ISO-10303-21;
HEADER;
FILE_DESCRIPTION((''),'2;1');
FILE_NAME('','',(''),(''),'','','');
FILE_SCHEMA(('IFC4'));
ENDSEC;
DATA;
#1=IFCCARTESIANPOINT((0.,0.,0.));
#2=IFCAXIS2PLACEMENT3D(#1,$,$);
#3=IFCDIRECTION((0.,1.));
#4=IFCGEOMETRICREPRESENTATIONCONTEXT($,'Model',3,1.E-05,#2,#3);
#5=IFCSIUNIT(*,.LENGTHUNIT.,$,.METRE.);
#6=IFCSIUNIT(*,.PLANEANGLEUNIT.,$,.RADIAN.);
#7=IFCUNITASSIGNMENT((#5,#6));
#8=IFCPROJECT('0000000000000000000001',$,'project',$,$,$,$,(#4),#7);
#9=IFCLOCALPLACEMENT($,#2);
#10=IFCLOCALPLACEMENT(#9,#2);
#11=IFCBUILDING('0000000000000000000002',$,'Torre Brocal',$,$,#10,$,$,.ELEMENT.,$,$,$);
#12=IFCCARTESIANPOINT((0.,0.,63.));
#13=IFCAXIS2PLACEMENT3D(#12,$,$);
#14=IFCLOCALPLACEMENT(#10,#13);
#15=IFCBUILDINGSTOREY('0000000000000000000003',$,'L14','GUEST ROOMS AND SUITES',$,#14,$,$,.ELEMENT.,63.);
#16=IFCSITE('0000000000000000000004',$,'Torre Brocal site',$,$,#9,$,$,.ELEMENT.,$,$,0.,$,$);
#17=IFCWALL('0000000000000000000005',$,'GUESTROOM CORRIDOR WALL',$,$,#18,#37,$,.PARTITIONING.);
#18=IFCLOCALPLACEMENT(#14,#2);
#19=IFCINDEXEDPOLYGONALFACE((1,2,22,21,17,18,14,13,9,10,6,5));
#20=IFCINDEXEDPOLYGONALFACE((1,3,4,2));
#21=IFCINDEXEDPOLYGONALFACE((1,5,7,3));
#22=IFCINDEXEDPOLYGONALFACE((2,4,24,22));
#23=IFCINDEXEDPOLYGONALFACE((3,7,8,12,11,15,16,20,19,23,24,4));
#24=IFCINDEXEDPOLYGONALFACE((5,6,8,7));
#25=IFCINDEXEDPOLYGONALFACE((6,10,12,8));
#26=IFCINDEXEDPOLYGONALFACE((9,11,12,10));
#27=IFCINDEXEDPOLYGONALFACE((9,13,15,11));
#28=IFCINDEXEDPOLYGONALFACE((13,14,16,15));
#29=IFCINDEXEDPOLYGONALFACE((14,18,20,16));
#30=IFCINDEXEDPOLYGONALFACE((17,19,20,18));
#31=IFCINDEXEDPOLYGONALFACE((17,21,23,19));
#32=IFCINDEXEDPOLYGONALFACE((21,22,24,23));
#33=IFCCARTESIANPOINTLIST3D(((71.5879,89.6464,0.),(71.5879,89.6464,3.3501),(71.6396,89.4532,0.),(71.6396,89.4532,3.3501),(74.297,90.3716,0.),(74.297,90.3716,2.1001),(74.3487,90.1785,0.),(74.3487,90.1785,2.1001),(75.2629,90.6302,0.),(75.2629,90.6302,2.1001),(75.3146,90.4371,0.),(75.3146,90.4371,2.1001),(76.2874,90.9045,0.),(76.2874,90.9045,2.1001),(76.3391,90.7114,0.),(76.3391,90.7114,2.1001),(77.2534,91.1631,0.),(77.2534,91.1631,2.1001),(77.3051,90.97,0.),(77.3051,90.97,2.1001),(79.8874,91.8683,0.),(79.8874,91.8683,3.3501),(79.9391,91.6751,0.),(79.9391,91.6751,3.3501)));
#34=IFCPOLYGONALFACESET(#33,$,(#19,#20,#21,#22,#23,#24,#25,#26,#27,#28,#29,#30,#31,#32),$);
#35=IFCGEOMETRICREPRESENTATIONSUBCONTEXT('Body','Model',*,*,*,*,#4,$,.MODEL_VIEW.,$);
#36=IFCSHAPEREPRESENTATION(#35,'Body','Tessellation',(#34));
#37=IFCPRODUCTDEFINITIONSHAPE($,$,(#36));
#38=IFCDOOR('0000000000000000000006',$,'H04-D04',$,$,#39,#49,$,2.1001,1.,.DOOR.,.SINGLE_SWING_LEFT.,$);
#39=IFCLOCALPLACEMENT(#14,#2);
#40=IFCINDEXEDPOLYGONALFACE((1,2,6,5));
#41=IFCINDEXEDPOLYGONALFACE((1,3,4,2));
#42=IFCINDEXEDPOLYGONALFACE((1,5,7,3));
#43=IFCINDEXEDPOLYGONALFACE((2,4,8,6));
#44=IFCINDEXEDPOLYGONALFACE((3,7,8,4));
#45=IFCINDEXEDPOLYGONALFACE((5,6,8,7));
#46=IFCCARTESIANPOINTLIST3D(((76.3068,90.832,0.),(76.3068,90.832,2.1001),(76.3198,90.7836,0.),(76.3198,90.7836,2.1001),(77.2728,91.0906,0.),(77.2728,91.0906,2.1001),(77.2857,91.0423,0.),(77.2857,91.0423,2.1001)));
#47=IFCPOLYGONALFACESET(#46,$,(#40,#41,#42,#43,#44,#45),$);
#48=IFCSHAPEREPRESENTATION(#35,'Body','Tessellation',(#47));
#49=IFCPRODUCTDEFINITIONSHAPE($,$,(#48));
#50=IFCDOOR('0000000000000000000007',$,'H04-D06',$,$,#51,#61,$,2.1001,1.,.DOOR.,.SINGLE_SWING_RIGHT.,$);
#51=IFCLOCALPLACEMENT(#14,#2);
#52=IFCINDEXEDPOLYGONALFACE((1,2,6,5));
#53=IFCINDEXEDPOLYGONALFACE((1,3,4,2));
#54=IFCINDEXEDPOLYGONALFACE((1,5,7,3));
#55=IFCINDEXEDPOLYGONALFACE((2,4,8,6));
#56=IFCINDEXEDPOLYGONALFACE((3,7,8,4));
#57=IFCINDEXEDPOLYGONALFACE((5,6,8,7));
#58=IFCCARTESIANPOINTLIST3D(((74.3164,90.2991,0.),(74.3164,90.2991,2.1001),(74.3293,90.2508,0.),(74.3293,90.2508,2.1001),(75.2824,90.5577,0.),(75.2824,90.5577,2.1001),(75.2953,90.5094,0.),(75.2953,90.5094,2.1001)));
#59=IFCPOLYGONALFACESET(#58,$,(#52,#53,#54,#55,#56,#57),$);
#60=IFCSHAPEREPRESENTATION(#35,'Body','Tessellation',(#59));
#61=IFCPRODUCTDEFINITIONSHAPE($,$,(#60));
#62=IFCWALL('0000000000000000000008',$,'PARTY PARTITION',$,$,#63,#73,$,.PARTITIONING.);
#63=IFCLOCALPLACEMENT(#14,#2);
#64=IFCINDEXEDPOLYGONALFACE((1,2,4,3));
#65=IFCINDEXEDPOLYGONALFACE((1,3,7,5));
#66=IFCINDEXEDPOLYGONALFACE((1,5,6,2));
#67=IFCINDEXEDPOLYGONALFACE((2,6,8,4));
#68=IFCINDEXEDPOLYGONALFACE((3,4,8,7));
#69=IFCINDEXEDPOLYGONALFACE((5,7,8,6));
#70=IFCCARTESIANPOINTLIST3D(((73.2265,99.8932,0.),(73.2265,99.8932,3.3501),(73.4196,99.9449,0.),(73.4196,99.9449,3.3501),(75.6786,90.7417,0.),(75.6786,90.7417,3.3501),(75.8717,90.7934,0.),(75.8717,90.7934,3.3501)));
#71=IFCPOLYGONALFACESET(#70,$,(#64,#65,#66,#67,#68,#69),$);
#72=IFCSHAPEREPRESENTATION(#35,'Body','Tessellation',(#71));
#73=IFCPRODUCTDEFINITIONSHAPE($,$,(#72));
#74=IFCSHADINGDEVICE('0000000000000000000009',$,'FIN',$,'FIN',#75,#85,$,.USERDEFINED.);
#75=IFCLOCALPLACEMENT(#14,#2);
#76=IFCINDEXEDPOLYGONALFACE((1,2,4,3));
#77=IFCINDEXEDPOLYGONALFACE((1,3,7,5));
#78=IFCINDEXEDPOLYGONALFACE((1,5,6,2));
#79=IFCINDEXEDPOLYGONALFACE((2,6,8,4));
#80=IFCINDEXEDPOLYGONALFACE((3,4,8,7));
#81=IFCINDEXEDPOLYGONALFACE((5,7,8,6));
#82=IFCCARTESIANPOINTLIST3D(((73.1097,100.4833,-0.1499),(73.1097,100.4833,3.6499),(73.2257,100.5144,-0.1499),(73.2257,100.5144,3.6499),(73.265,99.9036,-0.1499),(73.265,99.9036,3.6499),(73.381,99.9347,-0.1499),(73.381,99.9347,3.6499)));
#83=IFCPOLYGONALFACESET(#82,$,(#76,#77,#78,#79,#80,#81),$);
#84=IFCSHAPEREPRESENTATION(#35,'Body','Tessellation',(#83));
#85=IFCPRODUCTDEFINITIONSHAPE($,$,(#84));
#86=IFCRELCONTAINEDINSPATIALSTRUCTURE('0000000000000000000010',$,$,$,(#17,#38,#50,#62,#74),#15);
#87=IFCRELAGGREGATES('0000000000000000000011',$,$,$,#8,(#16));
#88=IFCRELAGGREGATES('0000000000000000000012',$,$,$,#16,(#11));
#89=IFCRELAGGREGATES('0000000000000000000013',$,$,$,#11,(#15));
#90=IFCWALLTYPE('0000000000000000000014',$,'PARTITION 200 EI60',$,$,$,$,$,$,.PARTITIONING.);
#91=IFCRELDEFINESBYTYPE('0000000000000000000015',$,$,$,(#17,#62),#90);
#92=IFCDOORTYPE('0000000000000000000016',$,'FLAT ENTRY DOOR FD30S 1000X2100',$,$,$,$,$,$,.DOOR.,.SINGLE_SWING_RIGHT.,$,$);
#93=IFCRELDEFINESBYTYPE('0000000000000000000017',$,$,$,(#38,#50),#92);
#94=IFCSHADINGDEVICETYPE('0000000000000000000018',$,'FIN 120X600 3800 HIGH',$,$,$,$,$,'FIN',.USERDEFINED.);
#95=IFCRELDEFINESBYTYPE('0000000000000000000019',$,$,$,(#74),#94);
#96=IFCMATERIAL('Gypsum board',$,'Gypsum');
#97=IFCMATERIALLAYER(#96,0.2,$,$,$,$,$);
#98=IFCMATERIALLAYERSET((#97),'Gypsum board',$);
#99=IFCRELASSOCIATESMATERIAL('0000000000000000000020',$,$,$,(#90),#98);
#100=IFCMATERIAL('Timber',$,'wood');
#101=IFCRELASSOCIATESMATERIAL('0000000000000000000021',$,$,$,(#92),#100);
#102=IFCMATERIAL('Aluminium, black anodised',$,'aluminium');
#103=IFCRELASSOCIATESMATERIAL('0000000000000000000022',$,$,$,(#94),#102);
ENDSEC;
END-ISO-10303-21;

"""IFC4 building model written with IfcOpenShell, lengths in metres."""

from ifc_helpers import new_model, si_unit, direction, frame, frame_2d, origin, origin_2d, place, context, subcontext, project, spatial, rectangle, extrude, material, layer, layer_set, material_profile, profile_set, type_object, element, fill, save


model = new_model("IFC4")

# Units and contexts
model_context = context("Model", 3, precision=1e-05, world=origin(), true_north=direction((0.0, 1.0)))
body_context = subcontext(model_context, "Body", "Model", "MODEL_VIEW")
ifc_project = project(units=[si_unit("LENGTHUNIT", "METRE"), si_unit("PLANEANGLEUNIT", "RADIAN")], contexts=[model_context])

# Site, building, storey
site_placement = place(None, origin())
site = spatial("IfcSite", under=ifc_project, at=site_placement, Name="Torre Brocal site", CompositionType="ELEMENT", RefElevation=0.0)
building_placement = place(site_placement, origin())
building = spatial("IfcBuilding", under=site, at=building_placement, Name="Torre Brocal", CompositionType="ELEMENT")
storey_placement = place(building_placement, frame((0.0, 0.0, 63.0)))
storey = spatial("IfcBuildingStorey", under=building, at=storey_placement, Name="L14", Description="GUEST ROOMS AND SUITES", CompositionType="ELEMENT", Elevation=63.0)

# Wall, openings, doors
ifc_material_1 = material(Name="Gypsum board", Category="Gypsum")
ifc_layer_1 = layer(ifc_material_1, 0.2)
ifc_layer_set_1 = layer_set([ifc_layer_1], Name="Gypsum board")
wall_type_1 = type_object("IfcWallType", Name="PARTITION 200 EI60", PredefinedType="PARTITIONING", material=ifc_layer_set_1)
wall_1_placement = place(storey_placement, frame((71.6138, 89.5498, 0.0), z_axis=(0.0, 0.0, 1.0), x_axis=(0.965982, 0.258609, 0.0)))
wall_1 = element("IfcWall", 1, at=wall_1_placement, inside=storey, type_object=wall_type_1, Name="GUESTROOM CORRIDOR WALL", PredefinedType="PARTITIONING", context=body_context, shape_type="SweptSolid", body=[
    extrude(rectangle(XDim=8.5918, YDim=0.2, at=frame_2d((4.2959, 0.0))), origin(), (0.0, 0.0, 1.0), 3.3501),
])
opening_1_placement = place(wall_1_placement, frame((4.865, 0.0, 0.0)))
opening_1 = element("IfcOpeningElement", 2, at=opening_1_placement, cuts=wall_1, PredefinedType="OPENING", context=body_context, shape_type="SweptSolid", body=[
    extrude(rectangle(XDim=1.0, YDim=2.1001, at=frame_2d((0.5, 1.05))), frame((0.0, 0.1099, 0.0), z_axis=(0.0, -1.0, 0.0), x_axis=(1.0, 0.0, 0.0)), (0.0, 0.0, 1.0), 0.22),
])
opening_2_placement = place(wall_1_placement, frame((2.8044, 0.0, 0.0)))
opening_2 = element("IfcOpeningElement", 3, at=opening_2_placement, cuts=wall_1, PredefinedType="OPENING", context=body_context, shape_type="SweptSolid", body=[
    extrude(rectangle(XDim=1.0, YDim=2.1001, at=frame_2d((0.5, 1.05))), frame((0.0, 0.1099, 0.0), z_axis=(0.0, -1.0, 0.0), x_axis=(1.0, 0.0, 0.0)), (0.0, 0.0, 1.0), 0.22),
])
ifc_material_2 = material(Name="Timber", Category="wood")
door_type_1 = type_object("IfcDoorType", Name="FLAT ENTRY DOOR FD30S 1000X2100", OperationType="SINGLE_SWING_RIGHT", PredefinedType="DOOR", material=ifc_material_2)
door_1_placement = place(opening_1_placement, origin())
door_1 = element("IfcDoor", 4, at=door_1_placement, inside=storey, type_object=door_type_1, Name="H04-D04", OperationType="SINGLE_SWING_LEFT", OverallHeight=2.1001, OverallWidth=1.0, PredefinedType="DOOR", context=body_context, shape_type="SweptSolid", body=[
    extrude(rectangle(XDim=1.0, YDim=2.1001, at=frame_2d((0.5, 1.05))), frame((0.0, 0.0249, 0.0), z_axis=(0.0, -1.0, 0.0), x_axis=(1.0, 0.0, 0.0)), (0.0, 0.0, 1.0), 0.05),
])
fill(opening_1, door_1)
door_2_placement = place(opening_2_placement, origin())
door_2 = element("IfcDoor", 5, at=door_2_placement, inside=storey, type_object=door_type_1, Name="H04-D06", OperationType="SINGLE_SWING_RIGHT", OverallHeight=2.1001, OverallWidth=1.0, PredefinedType="DOOR", context=body_context, shape_type="SweptSolid", body=[
    extrude(rectangle(XDim=1.0, YDim=2.1001, at=frame_2d((0.5, 1.05))), frame((0.0, 0.0249, 0.0), z_axis=(0.0, -1.0, 0.0), x_axis=(1.0, 0.0, 0.0)), (0.0, 0.0, 1.0), 0.05),
])
fill(opening_2, door_2)

# Wall
wall_2_placement = place(storey_placement, frame((73.323, 99.9192, 0.0), z_axis=(0.0, 0.0, 1.0), x_axis=(0.258817, -0.965926, 0.0)))
element("IfcWall", 6, at=wall_2_placement, inside=storey, type_object=wall_type_1, Name="PARTY PARTITION", PredefinedType="PARTITIONING", context=body_context, shape_type="SweptSolid", body=[
    extrude(rectangle(XDim=9.4744, YDim=0.2, at=frame_2d((4.7373, 0.0))), origin(), (0.0, 0.0, 1.0), 3.3501),
])

# Shading device
ifc_material_3 = material(Name="Aluminium, black anodised", Category="aluminium")
ifc_material_profile_1 = material_profile(ifc_material_3, rectangle(XDim=0.1201, YDim=0.6001, at=origin_2d()), Name="FIN 120X600 3800 HIGH")
ifc_profile_set_1 = profile_set([ifc_material_profile_1], Name="Aluminium, black anodised")
shading_device_type = type_object("IfcShadingDeviceType", Name="FIN 120X600 3800 HIGH", ElementType="FIN", PredefinedType="USERDEFINED", material=ifc_profile_set_1)
shading_device_placement = place(storey_placement, frame((73.2454, 100.209, -0.1499), z_axis=(0.0, 0.0, 1.0), x_axis=(-0.965926, -0.258819, 0.0)))
element("IfcShadingDevice", 7, at=shading_device_placement, inside=storey, type_object=shading_device_type, Name="FIN", ObjectType="FIN", PredefinedType="USERDEFINED", context=body_context, shape_type="SweptSolid", body=[
    extrude(rectangle(XDim=0.1201, YDim=0.6001, at=origin_2d()), origin(), (0.0, 0.0, 1.0), 3.7998),
])

save(model, "model.ifc")
